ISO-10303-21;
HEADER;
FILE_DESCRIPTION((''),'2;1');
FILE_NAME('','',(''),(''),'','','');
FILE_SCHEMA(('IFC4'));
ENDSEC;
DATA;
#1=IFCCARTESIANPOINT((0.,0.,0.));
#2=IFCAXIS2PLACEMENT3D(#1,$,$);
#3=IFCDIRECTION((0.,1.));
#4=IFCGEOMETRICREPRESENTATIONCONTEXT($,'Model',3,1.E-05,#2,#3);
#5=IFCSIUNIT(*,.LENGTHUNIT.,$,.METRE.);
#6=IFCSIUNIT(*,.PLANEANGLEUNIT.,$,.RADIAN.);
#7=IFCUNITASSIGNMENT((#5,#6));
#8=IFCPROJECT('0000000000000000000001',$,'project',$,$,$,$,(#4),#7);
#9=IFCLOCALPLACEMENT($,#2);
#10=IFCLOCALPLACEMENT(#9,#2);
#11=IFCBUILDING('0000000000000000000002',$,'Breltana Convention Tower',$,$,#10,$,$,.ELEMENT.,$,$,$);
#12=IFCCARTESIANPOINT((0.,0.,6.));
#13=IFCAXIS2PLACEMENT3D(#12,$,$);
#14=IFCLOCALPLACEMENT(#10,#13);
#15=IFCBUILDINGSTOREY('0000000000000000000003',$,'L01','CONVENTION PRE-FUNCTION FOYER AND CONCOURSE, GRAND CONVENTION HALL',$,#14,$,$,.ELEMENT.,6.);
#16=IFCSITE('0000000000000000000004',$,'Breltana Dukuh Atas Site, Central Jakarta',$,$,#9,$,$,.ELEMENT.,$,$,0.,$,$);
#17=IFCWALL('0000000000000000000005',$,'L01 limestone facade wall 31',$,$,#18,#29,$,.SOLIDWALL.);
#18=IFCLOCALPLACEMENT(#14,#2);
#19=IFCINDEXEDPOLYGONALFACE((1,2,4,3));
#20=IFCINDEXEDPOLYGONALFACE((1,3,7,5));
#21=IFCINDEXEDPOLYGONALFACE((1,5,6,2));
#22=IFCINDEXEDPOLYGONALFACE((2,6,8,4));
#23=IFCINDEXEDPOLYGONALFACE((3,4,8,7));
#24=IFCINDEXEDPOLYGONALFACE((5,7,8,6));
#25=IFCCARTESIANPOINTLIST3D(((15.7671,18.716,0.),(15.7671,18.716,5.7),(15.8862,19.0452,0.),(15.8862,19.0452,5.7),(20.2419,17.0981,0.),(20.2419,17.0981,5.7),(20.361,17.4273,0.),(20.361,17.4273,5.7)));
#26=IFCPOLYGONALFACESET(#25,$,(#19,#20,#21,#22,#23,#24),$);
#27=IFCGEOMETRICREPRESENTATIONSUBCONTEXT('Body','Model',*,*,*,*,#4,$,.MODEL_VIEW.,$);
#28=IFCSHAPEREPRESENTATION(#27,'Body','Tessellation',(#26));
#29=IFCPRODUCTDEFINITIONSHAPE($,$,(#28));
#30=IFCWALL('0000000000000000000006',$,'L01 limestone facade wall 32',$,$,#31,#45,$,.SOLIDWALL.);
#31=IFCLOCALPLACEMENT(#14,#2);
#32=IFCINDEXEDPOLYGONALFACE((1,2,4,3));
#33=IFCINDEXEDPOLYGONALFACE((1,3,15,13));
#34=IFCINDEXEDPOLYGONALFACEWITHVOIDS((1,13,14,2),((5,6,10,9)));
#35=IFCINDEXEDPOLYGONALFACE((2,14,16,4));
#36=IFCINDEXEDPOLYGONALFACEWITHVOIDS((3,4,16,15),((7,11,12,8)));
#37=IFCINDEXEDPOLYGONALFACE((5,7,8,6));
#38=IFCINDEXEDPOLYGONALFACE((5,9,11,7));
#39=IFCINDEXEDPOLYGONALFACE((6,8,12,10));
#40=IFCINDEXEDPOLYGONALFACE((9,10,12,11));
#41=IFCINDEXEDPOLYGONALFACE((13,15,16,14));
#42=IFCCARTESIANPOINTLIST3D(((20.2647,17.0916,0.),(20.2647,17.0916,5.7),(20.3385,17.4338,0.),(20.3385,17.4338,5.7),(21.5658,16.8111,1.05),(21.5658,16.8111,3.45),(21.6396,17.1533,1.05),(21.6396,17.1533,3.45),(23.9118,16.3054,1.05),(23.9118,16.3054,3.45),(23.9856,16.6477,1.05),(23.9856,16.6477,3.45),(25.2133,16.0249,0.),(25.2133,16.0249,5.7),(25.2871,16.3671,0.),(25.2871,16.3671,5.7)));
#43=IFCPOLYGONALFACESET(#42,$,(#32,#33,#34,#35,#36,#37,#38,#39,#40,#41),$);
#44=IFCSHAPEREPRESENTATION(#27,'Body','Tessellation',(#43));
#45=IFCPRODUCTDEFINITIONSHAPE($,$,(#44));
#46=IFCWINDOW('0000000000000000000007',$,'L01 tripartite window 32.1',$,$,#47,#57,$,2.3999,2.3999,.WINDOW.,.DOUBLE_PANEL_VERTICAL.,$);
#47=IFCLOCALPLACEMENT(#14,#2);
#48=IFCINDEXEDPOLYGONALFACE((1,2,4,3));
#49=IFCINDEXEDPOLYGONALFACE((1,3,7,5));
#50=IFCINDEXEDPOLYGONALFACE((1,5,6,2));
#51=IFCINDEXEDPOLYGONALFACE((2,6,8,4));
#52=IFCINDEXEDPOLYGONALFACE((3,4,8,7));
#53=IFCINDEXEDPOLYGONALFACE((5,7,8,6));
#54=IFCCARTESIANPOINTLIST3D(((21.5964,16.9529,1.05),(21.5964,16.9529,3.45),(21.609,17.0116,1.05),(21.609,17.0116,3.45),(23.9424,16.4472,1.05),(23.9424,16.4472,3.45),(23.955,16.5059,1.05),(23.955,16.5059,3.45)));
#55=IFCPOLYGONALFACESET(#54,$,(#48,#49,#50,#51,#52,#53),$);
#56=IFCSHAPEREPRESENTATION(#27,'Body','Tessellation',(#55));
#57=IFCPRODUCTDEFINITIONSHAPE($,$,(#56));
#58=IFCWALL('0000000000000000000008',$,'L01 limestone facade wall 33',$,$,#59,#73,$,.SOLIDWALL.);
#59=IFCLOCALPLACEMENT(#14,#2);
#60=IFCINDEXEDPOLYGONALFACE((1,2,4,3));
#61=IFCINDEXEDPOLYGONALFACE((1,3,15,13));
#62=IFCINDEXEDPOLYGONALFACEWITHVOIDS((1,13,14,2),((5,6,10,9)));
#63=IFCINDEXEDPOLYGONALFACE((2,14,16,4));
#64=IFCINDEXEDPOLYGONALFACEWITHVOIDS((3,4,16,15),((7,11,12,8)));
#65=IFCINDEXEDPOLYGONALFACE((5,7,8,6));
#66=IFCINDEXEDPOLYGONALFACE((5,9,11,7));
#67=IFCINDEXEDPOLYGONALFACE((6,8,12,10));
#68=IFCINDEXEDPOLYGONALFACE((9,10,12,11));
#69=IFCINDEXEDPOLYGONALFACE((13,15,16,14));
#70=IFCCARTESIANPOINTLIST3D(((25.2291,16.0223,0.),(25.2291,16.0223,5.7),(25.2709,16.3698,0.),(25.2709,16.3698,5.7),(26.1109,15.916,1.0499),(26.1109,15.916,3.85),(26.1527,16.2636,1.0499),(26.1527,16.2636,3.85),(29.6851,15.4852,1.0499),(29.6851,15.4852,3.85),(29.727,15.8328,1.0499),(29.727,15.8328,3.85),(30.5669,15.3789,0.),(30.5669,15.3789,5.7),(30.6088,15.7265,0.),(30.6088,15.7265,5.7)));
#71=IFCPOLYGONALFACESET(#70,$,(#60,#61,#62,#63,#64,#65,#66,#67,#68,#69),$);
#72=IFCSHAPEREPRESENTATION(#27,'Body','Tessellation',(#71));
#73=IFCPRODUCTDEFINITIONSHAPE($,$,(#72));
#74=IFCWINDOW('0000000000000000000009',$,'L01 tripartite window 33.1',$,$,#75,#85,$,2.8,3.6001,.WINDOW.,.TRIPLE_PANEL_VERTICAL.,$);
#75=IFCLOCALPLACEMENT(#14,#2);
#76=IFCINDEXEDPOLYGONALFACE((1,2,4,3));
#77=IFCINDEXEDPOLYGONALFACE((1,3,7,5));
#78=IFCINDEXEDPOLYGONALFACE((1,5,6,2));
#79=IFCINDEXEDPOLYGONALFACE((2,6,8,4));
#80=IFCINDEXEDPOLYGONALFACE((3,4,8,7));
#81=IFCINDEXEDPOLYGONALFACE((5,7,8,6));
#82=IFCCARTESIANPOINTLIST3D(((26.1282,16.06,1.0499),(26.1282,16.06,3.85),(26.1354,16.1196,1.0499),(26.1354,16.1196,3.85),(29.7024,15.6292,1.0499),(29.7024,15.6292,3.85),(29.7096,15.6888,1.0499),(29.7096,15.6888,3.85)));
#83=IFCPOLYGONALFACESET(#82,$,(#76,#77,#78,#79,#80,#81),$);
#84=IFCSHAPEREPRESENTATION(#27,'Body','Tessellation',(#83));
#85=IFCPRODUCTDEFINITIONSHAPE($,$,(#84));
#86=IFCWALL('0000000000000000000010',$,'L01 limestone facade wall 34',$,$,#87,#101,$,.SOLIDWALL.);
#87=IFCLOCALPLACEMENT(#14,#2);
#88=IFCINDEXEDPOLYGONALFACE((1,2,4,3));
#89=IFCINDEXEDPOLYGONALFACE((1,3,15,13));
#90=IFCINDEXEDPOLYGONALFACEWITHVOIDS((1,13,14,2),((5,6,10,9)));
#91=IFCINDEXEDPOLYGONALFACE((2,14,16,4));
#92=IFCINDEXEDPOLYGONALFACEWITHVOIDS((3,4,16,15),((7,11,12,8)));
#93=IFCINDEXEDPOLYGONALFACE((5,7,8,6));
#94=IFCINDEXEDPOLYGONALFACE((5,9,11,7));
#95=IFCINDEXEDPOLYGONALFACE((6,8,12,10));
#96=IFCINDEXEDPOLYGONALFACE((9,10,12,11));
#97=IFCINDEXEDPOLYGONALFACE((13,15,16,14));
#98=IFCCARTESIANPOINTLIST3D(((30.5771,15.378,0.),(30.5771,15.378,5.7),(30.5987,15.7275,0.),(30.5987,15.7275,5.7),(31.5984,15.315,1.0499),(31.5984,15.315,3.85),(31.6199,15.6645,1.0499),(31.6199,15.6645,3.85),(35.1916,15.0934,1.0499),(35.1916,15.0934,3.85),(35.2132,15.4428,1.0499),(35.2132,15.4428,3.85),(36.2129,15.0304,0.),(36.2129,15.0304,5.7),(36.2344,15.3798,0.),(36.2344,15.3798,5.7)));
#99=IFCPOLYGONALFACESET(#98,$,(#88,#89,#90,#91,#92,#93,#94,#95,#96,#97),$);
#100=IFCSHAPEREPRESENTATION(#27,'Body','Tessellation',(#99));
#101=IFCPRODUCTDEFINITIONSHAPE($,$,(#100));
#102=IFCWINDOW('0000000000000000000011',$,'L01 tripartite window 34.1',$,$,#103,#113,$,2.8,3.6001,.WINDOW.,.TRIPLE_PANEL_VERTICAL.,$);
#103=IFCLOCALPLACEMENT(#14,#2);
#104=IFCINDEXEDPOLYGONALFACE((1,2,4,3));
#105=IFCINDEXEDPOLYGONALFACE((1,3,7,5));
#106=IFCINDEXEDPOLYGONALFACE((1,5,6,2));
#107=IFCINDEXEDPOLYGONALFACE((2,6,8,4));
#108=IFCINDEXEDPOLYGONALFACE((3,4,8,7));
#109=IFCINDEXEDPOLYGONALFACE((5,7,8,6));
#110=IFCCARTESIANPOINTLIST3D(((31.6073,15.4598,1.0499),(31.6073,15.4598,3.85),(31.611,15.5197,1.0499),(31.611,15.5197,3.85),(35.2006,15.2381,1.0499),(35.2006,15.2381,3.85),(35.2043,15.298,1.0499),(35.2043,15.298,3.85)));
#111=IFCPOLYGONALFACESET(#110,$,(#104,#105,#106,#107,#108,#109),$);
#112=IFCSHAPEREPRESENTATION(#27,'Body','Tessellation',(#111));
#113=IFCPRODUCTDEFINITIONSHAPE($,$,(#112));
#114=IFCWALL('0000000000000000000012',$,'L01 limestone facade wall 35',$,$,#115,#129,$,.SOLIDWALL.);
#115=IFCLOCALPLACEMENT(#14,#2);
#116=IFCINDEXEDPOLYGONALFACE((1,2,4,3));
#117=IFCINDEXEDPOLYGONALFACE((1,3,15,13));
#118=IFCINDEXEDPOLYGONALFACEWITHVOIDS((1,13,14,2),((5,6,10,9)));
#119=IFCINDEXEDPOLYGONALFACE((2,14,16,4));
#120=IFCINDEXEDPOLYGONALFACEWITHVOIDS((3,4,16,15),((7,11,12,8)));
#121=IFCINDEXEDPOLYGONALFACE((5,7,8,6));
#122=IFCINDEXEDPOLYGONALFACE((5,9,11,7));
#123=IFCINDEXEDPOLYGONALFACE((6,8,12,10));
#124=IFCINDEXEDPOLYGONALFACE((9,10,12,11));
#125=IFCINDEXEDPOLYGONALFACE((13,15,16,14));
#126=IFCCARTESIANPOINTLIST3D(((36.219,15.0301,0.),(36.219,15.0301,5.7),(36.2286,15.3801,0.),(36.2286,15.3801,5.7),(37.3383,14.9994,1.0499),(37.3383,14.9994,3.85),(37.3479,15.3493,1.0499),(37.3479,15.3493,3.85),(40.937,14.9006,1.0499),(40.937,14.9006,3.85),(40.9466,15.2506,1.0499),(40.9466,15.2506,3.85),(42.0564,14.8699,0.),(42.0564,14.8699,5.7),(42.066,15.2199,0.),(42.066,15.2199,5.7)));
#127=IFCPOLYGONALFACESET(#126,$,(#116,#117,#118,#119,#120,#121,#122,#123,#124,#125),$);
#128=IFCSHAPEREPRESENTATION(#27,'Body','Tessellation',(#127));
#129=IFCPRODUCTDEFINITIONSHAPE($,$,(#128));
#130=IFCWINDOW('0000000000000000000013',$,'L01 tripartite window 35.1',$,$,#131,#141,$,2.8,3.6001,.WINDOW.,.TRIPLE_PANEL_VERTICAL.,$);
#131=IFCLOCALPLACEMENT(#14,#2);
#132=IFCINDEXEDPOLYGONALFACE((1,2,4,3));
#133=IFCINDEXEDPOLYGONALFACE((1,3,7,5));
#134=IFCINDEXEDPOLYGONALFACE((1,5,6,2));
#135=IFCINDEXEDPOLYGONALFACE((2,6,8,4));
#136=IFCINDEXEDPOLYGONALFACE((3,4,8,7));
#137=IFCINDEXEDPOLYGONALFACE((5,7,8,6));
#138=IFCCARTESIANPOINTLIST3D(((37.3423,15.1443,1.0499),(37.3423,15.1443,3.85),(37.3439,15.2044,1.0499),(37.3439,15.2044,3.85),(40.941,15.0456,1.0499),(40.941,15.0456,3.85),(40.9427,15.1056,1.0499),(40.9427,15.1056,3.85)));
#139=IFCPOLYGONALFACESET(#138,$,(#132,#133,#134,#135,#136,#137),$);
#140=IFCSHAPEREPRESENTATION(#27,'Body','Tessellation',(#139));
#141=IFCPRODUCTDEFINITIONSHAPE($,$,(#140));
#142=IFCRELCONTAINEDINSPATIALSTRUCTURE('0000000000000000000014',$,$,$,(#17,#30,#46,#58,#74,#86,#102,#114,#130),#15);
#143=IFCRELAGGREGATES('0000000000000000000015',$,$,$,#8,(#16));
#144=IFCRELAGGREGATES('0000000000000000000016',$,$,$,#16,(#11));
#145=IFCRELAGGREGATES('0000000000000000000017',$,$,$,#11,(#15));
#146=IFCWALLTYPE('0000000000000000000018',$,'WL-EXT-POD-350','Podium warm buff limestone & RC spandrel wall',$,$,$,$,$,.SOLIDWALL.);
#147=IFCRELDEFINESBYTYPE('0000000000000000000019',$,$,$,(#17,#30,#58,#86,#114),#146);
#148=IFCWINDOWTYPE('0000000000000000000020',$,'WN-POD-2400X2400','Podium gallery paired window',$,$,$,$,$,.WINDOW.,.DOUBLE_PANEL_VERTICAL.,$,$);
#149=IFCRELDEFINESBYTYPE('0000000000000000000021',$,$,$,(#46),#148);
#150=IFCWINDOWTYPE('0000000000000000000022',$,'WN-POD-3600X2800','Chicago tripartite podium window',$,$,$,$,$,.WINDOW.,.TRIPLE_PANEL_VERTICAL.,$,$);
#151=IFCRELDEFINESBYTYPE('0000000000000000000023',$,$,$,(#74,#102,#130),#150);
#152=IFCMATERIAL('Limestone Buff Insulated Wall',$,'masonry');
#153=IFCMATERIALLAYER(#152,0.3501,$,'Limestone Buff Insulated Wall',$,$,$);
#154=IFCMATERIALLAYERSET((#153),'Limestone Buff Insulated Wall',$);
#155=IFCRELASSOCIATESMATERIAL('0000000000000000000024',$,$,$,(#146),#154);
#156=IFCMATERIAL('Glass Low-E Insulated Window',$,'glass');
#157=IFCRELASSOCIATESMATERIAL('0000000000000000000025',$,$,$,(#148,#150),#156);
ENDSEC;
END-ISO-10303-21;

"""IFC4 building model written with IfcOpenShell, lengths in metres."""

from ifc_helpers import new_model, si_unit, direction, frame, frame_2d, origin, place, context, subcontext, project, spatial, rectangle, extrude, source, transform, mapped, material, layer, layer_set, type_object, type_shapes, element, fill, save


model = new_model("IFC4")

# Units and contexts
model_context = context("Model", 3, precision=1e-05, world=origin(), true_north=direction((0.0, 1.0)))
body_context = subcontext(model_context, "Body", "Model", "MODEL_VIEW")
ifc_project = project(units=[si_unit("LENGTHUNIT", "METRE"), si_unit("PLANEANGLEUNIT", "RADIAN")], contexts=[model_context])

# Site, building, storey
site_placement = place(None, origin())
site = spatial("IfcSite", under=ifc_project, at=site_placement, Name="Breltana Dukuh Atas Site, Central Jakarta", CompositionType="ELEMENT", RefElevation=0.0)
building_placement = place(site_placement, origin())
building = spatial("IfcBuilding", under=site, at=building_placement, Name="Breltana Convention Tower", CompositionType="ELEMENT")
storey_placement = place(building_placement, frame((0.0, 0.0, 6.0)))
storey = spatial("IfcBuildingStorey", under=building, at=storey_placement, Name="L01", Description="CONVENTION PRE-FUNCTION FOYER AND CONCOURSE, GRAND CONVENTION HALL", CompositionType="ELEMENT", Elevation=6.0)

# Wall
ifc_material_1 = material(Name="Limestone Buff Insulated Wall", Category="masonry")
ifc_layer_1 = layer(ifc_material_1, 0.3501, Name="Limestone Buff Insulated Wall")
ifc_layer_set_1 = layer_set([ifc_layer_1], Name="Limestone Buff Insulated Wall")
wall_type_1 = type_object("IfcWallType", Name="WL-EXT-POD-350", Description="Podium warm buff limestone & RC spandrel wall", PredefinedType="SOLIDWALL", material=ifc_layer_set_1)
shared_shape_1 = source(origin(), body_context, "Body", "SweptSolid", [
    extrude(rectangle(XDim=4.7583, YDim=0.3501, at=frame_2d((2.3792, 0.0))), origin(), (0.0, 0.0, 1.0), 5.7),
])
wall_1_placement = place(storey_placement, frame((15.8267, 18.8806, 0.0), z_axis=(0.0, 0.0, 1.0), x_axis=(0.94042, -0.340016, 0.0)))
element("IfcWall", 1, at=wall_1_placement, inside=storey, type_object=wall_type_1, Name="L01 limestone facade wall 31", PredefinedType="SOLIDWALL", context=body_context, shape_type="MappedRepresentation", body=[
    mapped(shared_shape_1, transform((0.0, 0.0, 0.0), scale=1.0)),
])

# Walls, openings, windows
shared_shape_2 = source(origin(), body_context, "Body", "SweptSolid", [
    extrude(rectangle(XDim=5.0623, YDim=0.3501, at=frame_2d((2.5312, 0.0))), origin(), (0.0, 0.0, 1.0), 5.7),
])
wall_2_placement = place(storey_placement, frame((20.3015, 17.2627, 0.0), z_axis=(0.0, 0.0, 1.0), x_axis=(0.977548, -0.210711, 0.0)))
wall_2 = element("IfcWall", 2, at=wall_2_placement, inside=storey, type_object=wall_type_1, Name="L01 limestone facade wall 32", PredefinedType="SOLIDWALL", context=body_context, shape_type="MappedRepresentation", body=[
    mapped(shared_shape_2, transform((0.0, 0.0, 0.0), scale=1.0)),
])
opening_1_placement = place(wall_2_placement, frame((1.3311, 0.0, 1.05)))
opening_1 = element("IfcOpeningElement", 3, at=opening_1_placement, cuts=wall_2, PredefinedType="OPENING", context=body_context, shape_type="SweptSolid", body=[
    extrude(rectangle(XDim=2.3999, YDim=2.3999, at=frame_2d((1.2, 1.2))), frame((0.0, 0.1851, 0.0), z_axis=(0.0, -1.0, 0.0), x_axis=(1.0, 0.0, 0.0)), (0.0, 0.0, 1.0), 0.3701),
])
ifc_material_2 = material(Name="Glass Low-E Insulated Window", Category="glass")
window_type_1 = type_object("IfcWindowType", Name="WN-POD-2400X2400", Description="Podium gallery paired window", PartitioningType="DOUBLE_PANEL_VERTICAL", PredefinedType="WINDOW", material=ifc_material_2)
shared_shape_3 = source(origin(), body_context, "Body", "SweptSolid", [
    extrude(rectangle(XDim=2.3999, YDim=2.3999, at=frame_2d((1.2, 1.2))), frame((0.0, 0.03, 0.0), z_axis=(0.0, -1.0, 0.0), x_axis=(1.0, 0.0, 0.0)), (0.0, 0.0, 1.0), 0.0601),
])
type_shapes(window_type_1, [shared_shape_3])
window_1_placement = place(opening_1_placement, origin())
window_1 = element("IfcWindow", 4, at=window_1_placement, inside=storey, type_object=window_type_1, Name="L01 tripartite window 32.1", OverallHeight=2.3999, OverallWidth=2.3999, PartitioningType="DOUBLE_PANEL_VERTICAL", PredefinedType="WINDOW", context=body_context, shape_type="MappedRepresentation", body=[
    mapped(shared_shape_3, transform((0.0, 0.0, 0.0), scale=1.0)),
])
fill(opening_1, window_1)
shared_shape_4 = source(origin(), body_context, "Body", "SweptSolid", [
    extrude(rectangle(XDim=5.3765, YDim=0.3501, at=frame_2d((2.6882, 0.0))), origin(), (0.0, 0.0, 1.0), 5.7),
])
wall_3_placement = place(storey_placement, frame((25.25, 16.196, 0.0), z_axis=(0.0, 0.0, 1.0), x_axis=(0.992816, -0.119652, 0.0)))
wall_3 = element("IfcWall", 5, at=wall_3_placement, inside=storey, type_object=wall_type_1, Name="L01 limestone facade wall 33", PredefinedType="SOLIDWALL", context=body_context, shape_type="MappedRepresentation", body=[
    mapped(shared_shape_4, transform((0.0, 0.0, 0.0), scale=1.0)),
])
opening_2_placement = place(wall_3_placement, frame((0.8882, 0.0, 1.05)))
opening_2 = element("IfcOpeningElement", 6, at=opening_2_placement, cuts=wall_3, PredefinedType="OPENING", context=body_context, shape_type="SweptSolid", body=[
    extrude(rectangle(XDim=3.6001, YDim=2.8, at=frame_2d((1.8, 1.3999))), frame((0.0, 0.1851, 0.0), z_axis=(0.0, -1.0, 0.0), x_axis=(1.0, 0.0, 0.0)), (0.0, 0.0, 1.0), 0.3701),
])
window_type_2 = type_object("IfcWindowType", Name="WN-POD-3600X2800", Description="Chicago tripartite podium window", PartitioningType="TRIPLE_PANEL_VERTICAL", PredefinedType="WINDOW", material=ifc_material_2)
shared_shape_5 = source(origin(), body_context, "Body", "SweptSolid", [
    extrude(rectangle(XDim=3.6001, YDim=2.8, at=frame_2d((1.8, 1.3999))), frame((0.0, 0.03, 0.0), z_axis=(0.0, -1.0, 0.0), x_axis=(1.0, 0.0, 0.0)), (0.0, 0.0, 1.0), 0.0601),
])
type_shapes(window_type_2, [shared_shape_5])
window_2_placement = place(opening_2_placement, origin())
window_2 = element("IfcWindow", 7, at=window_2_placement, inside=storey, type_object=window_type_2, Name="L01 tripartite window 33.1", OverallHeight=2.8, OverallWidth=3.6001, PartitioningType="TRIPLE_PANEL_VERTICAL", PredefinedType="WINDOW", context=body_context, shape_type="MappedRepresentation", body=[
    mapped(shared_shape_5, transform((0.0, 0.0, 0.0), scale=1.0)),
])
fill(opening_2, window_2)
shared_shape_6 = source(origin(), body_context, "Body", "SweptSolid", [
    extrude(rectangle(XDim=5.6465, YDim=0.3501, at=frame_2d((2.8232, 0.0))), origin(), (0.0, 0.0, 1.0), 5.7),
])
wall_4_placement = place(storey_placement, frame((30.5879, 15.5527, 0.0), z_axis=(0.0, 0.0, 1.0), x_axis=(0.998103, -0.061571, 0.0)))
wall_4 = element("IfcWall", 8, at=wall_4_placement, inside=storey, type_object=wall_type_1, Name="L01 limestone facade wall 34", PredefinedType="SOLIDWALL", context=body_context, shape_type="MappedRepresentation", body=[
    mapped(shared_shape_6, transform((0.0, 0.0, 0.0), scale=1.0)),
])
opening_3_placement = place(wall_4_placement, frame((1.0232, 0.0, 1.05)))
opening_3 = element("IfcOpeningElement", 9, at=opening_3_placement, cuts=wall_4, PredefinedType="OPENING", context=body_context, shape_type="SweptSolid", body=[
    extrude(rectangle(XDim=3.6001, YDim=2.8, at=frame_2d((1.8, 1.3999))), frame((0.0, 0.1851, 0.0), z_axis=(0.0, -1.0, 0.0), x_axis=(1.0, 0.0, 0.0)), (0.0, 0.0, 1.0), 0.3701),
])
window_3_placement = place(opening_3_placement, origin())
window_3 = element("IfcWindow", 10, at=window_3_placement, inside=storey, type_object=window_type_2, Name="L01 tripartite window 34.1", OverallHeight=2.8, OverallWidth=3.6001, PartitioningType="TRIPLE_PANEL_VERTICAL", PredefinedType="WINDOW", context=body_context, shape_type="MappedRepresentation", body=[
    mapped(shared_shape_5, transform((0.0, 0.0, 0.0), scale=1.0)),
])
fill(opening_3, window_3)
shared_shape_7 = source(origin(), body_context, "Body", "SweptSolid", [
    extrude(rectangle(XDim=5.8396, YDim=0.3501, at=frame_2d((2.9199, 0.0))), origin(), (0.0, 0.0, 1.0), 5.7),
])
wall_5_placement = place(storey_placement, frame((36.2236, 15.2051, 0.0), z_axis=(0.0, 0.0, 1.0), x_axis=(0.999624, -0.027426, 0.0)))
wall_5 = element("IfcWall", 11, at=wall_5_placement, inside=storey, type_object=wall_type_1, Name="L01 limestone facade wall 35", PredefinedType="SOLIDWALL", context=body_context, shape_type="MappedRepresentation", body=[
    mapped(shared_shape_7, transform((0.0, 0.0, 0.0), scale=1.0)),
])
opening_4_placement = place(wall_5_placement, frame((1.1199, 0.0, 1.05)))
opening_4 = element("IfcOpeningElement", 12, at=opening_4_placement, cuts=wall_5, PredefinedType="OPENING", context=body_context, shape_type="SweptSolid", body=[
    extrude(rectangle(XDim=3.6001, YDim=2.8, at=frame_2d((1.8, 1.3999))), frame((0.0, 0.1851, 0.0), z_axis=(0.0, -1.0, 0.0), x_axis=(1.0, 0.0, 0.0)), (0.0, 0.0, 1.0), 0.3701),
])
window_4_placement = place(opening_4_placement, origin())
window_4 = element("IfcWindow", 13, at=window_4_placement, inside=storey, type_object=window_type_2, Name="L01 tripartite window 35.1", OverallHeight=2.8, OverallWidth=3.6001, PartitioningType="TRIPLE_PANEL_VERTICAL", PredefinedType="WINDOW", context=body_context, shape_type="MappedRepresentation", body=[
    mapped(shared_shape_5, transform((0.0, 0.0, 0.0), scale=1.0)),
])
fill(opening_4, window_4)

save(model, "model.ifc")
